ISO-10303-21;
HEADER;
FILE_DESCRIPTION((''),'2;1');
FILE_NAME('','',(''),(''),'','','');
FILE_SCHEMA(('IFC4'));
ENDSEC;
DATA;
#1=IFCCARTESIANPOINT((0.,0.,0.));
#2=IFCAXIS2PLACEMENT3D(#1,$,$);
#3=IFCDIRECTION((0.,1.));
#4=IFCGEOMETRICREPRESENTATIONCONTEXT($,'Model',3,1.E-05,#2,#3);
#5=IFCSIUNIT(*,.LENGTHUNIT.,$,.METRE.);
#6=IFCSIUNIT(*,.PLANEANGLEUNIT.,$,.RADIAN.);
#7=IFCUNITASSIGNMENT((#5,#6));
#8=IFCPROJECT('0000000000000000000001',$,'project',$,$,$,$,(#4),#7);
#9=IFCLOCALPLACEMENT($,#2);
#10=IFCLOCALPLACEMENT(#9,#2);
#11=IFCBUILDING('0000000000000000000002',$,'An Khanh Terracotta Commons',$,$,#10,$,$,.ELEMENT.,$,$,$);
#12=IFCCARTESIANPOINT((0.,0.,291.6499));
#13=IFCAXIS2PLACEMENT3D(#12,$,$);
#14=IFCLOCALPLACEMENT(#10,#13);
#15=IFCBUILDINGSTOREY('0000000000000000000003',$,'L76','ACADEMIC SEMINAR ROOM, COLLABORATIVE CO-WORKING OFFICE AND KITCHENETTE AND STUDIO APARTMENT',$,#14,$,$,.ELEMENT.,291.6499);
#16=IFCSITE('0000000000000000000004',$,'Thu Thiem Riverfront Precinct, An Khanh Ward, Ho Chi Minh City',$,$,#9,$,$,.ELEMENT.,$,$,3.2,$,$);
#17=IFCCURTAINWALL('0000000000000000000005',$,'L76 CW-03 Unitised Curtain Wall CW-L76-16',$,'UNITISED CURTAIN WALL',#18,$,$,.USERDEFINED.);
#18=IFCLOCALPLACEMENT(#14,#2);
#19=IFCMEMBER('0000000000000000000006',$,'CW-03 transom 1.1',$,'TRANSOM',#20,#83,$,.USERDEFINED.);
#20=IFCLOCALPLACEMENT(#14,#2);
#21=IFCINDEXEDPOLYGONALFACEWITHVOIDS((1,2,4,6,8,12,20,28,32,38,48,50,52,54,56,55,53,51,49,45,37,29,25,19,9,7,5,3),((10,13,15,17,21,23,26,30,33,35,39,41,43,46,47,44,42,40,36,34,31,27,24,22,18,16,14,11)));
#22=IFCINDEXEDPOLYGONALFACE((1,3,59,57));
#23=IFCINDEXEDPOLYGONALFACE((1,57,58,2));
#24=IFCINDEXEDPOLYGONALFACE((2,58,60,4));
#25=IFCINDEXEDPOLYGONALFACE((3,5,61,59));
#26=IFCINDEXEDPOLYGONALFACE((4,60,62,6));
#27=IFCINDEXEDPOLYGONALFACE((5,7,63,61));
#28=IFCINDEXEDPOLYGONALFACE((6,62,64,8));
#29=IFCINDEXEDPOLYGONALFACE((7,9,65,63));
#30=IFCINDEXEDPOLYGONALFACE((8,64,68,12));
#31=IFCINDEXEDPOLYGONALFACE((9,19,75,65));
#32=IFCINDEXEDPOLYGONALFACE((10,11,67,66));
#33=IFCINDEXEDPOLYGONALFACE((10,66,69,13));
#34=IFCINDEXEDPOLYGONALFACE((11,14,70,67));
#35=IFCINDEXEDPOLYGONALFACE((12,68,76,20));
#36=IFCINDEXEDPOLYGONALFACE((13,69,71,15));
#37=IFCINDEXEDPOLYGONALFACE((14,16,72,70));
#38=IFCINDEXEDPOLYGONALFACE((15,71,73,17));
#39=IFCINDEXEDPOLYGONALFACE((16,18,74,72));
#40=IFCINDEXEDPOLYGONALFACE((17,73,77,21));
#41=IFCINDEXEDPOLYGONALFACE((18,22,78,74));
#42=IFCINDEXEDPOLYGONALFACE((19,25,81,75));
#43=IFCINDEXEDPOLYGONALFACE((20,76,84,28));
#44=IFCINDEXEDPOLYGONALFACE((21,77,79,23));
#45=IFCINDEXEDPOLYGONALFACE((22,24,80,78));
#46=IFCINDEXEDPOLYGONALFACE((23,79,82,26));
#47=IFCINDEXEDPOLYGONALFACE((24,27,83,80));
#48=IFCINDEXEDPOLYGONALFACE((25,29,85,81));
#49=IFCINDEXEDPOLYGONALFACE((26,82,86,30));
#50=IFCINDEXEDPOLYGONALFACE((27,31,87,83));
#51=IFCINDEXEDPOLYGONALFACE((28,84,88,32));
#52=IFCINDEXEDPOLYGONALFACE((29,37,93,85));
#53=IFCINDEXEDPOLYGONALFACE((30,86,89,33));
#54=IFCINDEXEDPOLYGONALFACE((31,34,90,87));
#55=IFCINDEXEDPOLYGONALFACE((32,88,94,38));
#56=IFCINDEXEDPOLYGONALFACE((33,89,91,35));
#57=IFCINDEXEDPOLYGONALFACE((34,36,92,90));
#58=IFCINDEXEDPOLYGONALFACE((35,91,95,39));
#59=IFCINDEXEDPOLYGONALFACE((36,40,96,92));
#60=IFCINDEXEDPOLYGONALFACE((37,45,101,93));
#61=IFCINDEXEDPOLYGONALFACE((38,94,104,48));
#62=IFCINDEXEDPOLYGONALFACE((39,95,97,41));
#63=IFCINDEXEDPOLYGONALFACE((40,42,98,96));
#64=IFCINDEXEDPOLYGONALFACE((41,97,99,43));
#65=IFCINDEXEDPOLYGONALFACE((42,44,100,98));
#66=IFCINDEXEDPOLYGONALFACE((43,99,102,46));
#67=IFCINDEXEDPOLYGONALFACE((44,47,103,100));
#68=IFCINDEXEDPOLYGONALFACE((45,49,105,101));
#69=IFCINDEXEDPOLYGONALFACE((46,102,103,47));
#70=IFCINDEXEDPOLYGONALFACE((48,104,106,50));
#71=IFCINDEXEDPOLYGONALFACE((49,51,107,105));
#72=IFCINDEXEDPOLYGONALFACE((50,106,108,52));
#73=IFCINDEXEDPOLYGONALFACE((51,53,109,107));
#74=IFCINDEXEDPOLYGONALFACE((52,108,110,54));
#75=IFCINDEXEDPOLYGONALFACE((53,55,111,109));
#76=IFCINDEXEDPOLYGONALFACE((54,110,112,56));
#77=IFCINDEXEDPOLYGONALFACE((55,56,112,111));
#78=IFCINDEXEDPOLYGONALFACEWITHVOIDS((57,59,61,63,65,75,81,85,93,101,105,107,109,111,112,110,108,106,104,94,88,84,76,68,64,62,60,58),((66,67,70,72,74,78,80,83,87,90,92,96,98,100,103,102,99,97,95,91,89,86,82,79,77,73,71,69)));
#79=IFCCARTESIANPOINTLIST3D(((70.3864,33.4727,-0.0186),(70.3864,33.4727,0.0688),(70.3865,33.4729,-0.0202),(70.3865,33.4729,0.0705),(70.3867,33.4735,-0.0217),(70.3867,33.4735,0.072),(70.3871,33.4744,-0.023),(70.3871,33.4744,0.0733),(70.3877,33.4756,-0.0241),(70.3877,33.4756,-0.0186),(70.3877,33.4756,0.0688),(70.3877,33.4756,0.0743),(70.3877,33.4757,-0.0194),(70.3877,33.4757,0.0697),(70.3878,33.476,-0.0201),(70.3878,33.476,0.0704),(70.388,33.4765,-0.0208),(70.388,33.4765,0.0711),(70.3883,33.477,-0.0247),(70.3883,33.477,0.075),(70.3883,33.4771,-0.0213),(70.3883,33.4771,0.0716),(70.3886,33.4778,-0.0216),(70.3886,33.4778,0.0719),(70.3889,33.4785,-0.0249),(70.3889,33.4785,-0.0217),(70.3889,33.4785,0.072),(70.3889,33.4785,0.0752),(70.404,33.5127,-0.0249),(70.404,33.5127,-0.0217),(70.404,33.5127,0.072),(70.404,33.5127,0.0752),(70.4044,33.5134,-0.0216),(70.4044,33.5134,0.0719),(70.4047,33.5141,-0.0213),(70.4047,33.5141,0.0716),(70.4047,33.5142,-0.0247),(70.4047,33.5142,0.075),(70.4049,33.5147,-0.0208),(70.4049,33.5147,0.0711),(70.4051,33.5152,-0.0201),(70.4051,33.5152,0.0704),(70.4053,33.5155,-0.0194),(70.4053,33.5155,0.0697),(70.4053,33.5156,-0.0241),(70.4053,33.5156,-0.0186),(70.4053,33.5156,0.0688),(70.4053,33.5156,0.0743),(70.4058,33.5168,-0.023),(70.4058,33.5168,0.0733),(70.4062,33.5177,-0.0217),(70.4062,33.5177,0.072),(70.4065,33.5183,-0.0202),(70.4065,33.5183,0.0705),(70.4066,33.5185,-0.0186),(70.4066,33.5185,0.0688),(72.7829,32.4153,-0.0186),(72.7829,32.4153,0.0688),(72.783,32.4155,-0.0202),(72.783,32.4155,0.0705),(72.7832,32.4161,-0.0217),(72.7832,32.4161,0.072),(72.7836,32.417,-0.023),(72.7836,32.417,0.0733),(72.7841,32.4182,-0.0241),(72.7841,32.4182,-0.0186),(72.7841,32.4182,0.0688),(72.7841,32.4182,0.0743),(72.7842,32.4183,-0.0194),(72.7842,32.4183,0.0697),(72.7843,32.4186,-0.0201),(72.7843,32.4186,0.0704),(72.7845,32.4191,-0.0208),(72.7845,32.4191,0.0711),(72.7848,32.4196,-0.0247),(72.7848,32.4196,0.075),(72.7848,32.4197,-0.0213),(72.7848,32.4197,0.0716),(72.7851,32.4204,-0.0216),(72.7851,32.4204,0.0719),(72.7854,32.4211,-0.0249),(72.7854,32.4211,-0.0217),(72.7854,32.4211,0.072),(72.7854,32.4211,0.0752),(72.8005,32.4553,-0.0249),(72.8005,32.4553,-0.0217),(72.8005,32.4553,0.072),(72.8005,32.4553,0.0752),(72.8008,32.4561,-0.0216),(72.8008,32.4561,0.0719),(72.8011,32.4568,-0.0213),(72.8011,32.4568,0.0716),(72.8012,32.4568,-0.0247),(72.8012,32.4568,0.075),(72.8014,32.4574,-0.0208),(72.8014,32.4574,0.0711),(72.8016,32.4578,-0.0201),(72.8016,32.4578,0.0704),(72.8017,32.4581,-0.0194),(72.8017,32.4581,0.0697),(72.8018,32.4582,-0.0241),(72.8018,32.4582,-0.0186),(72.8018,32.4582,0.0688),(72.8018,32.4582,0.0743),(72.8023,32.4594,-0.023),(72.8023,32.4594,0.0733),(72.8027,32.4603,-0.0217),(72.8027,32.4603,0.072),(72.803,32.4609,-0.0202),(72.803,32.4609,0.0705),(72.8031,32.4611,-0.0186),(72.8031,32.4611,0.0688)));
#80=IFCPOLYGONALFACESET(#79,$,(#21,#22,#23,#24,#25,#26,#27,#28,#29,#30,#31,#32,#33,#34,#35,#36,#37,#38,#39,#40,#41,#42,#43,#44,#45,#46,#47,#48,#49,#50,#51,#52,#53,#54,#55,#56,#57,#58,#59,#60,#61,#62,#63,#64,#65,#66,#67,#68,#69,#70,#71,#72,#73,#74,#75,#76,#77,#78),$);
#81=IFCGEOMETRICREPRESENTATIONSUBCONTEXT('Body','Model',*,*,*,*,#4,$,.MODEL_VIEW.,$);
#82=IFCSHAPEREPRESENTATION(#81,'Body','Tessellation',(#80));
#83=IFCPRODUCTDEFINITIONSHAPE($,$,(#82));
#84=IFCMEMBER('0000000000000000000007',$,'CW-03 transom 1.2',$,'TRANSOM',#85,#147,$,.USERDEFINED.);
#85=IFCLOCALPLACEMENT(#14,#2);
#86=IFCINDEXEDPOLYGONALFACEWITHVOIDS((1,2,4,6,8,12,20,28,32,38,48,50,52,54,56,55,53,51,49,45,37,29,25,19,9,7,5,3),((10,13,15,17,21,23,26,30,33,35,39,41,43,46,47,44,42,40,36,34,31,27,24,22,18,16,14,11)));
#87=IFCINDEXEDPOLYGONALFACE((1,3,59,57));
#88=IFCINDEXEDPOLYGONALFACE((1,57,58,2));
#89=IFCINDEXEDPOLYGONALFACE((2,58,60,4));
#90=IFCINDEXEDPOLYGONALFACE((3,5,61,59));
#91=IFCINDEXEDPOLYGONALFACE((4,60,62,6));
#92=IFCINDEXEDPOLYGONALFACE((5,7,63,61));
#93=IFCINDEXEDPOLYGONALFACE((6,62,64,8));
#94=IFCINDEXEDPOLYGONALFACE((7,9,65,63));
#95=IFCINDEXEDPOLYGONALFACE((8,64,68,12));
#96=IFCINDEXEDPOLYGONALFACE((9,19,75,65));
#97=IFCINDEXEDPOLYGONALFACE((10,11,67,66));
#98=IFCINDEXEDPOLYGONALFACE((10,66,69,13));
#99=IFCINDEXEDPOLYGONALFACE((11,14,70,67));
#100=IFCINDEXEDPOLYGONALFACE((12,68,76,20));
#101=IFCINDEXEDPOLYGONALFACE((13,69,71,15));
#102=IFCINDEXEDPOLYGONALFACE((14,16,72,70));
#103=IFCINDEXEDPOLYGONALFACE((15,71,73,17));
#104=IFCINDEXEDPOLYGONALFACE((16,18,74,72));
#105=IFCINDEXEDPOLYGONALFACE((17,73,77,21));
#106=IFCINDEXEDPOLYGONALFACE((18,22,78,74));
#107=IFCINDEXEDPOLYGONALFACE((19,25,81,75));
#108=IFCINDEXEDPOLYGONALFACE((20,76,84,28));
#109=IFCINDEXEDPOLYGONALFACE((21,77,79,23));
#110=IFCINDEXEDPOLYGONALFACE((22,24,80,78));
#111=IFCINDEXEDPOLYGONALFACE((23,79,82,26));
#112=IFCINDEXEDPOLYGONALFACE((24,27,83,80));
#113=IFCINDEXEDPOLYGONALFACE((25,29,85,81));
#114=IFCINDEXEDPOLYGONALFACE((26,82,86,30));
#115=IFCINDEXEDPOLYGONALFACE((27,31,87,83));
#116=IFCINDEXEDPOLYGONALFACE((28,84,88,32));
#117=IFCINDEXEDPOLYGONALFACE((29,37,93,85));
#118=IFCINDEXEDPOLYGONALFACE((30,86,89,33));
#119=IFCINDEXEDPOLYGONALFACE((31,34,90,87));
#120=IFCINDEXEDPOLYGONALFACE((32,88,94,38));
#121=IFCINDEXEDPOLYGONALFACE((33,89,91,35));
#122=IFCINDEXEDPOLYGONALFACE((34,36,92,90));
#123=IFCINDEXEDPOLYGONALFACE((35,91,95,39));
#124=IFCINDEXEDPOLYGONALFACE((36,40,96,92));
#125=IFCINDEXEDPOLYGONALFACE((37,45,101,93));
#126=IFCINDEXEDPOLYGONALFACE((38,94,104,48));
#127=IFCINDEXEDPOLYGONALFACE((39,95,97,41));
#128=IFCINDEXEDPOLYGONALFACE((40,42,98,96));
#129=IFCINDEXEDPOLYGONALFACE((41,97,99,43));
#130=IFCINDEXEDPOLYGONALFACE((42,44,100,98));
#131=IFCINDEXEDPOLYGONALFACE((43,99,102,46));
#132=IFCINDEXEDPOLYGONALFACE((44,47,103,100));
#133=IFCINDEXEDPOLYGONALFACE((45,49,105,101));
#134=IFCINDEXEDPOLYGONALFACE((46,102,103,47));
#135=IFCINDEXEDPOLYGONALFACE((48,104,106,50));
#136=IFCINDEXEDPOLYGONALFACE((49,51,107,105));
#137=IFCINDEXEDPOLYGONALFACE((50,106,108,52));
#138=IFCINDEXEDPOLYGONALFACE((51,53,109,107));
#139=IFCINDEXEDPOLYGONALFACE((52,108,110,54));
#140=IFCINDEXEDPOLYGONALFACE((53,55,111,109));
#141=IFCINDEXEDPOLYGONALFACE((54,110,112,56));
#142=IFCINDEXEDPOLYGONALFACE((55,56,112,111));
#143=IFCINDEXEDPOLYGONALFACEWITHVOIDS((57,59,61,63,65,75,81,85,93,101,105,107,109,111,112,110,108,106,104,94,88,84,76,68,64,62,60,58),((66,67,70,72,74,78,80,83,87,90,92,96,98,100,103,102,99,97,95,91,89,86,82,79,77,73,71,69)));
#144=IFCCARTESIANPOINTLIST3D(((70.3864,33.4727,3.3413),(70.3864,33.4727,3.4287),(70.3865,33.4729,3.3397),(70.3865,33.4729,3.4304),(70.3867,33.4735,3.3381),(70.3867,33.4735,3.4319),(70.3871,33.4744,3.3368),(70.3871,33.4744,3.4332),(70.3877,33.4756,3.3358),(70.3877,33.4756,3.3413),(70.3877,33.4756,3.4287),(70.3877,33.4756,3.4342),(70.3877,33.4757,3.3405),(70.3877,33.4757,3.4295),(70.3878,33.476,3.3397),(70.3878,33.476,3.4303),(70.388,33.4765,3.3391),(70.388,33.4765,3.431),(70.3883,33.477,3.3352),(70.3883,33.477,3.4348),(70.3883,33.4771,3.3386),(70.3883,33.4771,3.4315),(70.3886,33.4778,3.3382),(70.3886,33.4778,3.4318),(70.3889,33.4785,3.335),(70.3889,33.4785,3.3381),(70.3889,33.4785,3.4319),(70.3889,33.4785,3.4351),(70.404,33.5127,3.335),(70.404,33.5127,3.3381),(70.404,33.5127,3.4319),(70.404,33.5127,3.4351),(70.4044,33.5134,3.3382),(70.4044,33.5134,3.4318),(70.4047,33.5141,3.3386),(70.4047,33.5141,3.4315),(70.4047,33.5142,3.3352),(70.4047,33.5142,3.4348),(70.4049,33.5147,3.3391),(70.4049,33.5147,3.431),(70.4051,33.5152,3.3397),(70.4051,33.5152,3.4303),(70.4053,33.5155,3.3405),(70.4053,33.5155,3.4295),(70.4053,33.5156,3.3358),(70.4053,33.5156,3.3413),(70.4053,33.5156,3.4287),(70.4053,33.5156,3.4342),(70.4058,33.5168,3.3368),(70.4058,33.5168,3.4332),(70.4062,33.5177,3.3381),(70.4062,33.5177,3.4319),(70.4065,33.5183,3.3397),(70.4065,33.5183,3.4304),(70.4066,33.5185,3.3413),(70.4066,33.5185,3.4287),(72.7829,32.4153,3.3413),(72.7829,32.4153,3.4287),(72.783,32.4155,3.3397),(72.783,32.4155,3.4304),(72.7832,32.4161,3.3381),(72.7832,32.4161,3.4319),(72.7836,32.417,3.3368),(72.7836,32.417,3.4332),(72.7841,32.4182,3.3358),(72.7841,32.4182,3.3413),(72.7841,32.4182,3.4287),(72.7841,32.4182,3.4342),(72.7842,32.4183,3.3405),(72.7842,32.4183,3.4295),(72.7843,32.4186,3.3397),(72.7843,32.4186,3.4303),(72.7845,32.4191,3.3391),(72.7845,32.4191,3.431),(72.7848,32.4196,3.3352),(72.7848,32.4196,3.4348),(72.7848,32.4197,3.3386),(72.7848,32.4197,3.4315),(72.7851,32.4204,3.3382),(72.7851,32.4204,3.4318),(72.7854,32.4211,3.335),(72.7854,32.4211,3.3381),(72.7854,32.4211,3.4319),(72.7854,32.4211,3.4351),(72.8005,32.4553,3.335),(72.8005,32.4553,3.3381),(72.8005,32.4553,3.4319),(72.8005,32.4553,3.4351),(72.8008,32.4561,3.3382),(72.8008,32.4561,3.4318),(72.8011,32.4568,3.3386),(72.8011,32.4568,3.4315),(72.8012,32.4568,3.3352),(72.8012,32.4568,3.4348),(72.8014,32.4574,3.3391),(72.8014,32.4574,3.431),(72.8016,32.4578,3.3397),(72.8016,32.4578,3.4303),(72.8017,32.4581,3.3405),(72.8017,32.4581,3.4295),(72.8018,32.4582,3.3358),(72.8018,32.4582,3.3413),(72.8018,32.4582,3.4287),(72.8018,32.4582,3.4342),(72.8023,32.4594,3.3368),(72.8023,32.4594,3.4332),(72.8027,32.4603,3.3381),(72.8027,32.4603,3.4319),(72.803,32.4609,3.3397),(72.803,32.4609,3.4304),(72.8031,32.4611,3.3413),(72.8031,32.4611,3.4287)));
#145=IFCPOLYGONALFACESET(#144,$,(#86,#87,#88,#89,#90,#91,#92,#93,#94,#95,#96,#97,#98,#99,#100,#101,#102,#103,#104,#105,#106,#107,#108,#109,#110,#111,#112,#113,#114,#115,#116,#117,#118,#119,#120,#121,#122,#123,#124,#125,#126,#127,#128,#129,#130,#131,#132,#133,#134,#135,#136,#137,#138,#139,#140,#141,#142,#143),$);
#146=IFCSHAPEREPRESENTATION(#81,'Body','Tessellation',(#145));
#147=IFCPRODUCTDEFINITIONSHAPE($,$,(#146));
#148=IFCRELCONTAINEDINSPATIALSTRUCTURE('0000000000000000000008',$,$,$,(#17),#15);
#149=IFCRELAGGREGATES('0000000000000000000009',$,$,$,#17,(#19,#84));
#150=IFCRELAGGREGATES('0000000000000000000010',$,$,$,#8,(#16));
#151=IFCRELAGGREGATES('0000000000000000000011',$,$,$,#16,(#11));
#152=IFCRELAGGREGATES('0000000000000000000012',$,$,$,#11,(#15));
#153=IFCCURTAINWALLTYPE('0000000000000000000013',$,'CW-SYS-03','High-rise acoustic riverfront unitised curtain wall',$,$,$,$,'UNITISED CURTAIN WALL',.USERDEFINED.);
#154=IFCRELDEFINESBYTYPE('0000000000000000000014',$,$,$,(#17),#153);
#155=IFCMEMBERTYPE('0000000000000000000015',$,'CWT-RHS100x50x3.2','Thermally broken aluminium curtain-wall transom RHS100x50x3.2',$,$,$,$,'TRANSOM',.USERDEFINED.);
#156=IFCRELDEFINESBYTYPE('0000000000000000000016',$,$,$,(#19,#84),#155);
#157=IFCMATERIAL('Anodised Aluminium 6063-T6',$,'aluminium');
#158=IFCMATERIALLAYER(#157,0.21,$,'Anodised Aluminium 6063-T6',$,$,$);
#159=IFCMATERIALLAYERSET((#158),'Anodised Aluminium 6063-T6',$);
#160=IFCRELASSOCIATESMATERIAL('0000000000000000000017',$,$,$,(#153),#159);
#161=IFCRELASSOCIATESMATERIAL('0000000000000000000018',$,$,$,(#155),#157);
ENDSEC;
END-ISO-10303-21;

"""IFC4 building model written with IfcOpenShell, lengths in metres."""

from ifc_helpers import new_model, si_unit, direction, frame, origin, origin_2d, place, context, subcontext, project, spatial, hollow_rectangle, extrude, material, layer, layer_set, material_profile, profile_set, type_object, element, aggregate, save


model = new_model("IFC4")

# Units and contexts
model_context = context("Model", 3, precision=1e-05, world=origin(), true_north=direction((0.0, 1.0)))
body_context = subcontext(model_context, "Body", "Model", "MODEL_VIEW")
ifc_project = project(units=[si_unit("LENGTHUNIT", "METRE"), si_unit("PLANEANGLEUNIT", "RADIAN")], contexts=[model_context])

# Site, building, storey
site_placement = place(None, origin())
site = spatial("IfcSite", under=ifc_project, at=site_placement, Name="Thu Thiem Riverfront Precinct, An Khanh Ward, Ho Chi Minh City", CompositionType="ELEMENT", RefElevation=3.2)
building_placement = place(site_placement, origin())
building = spatial("IfcBuilding", under=site, at=building_placement, Name="An Khanh Terracotta Commons", CompositionType="ELEMENT")
storey_placement = place(building_placement, frame((0.0, 0.0, 291.6499)))
storey = spatial("IfcBuildingStorey", under=building, at=storey_placement, Name="L76", Description="ACADEMIC SEMINAR ROOM, COLLABORATIVE CO-WORKING OFFICE AND KITCHENETTE AND STUDIO APARTMENT", CompositionType="ELEMENT", Elevation=291.6499)

# Shared definitions
ifc_material_1 = material(Name="Anodised Aluminium 6063-T6", Category="aluminium")
ifc_layer_1 = layer(ifc_material_1, 0.21, Name="Anodised Aluminium 6063-T6")
ifc_layer_set_1 = layer_set([ifc_layer_1], Name="Anodised Aluminium 6063-T6")
curtain_wall_type = type_object("IfcCurtainWallType", Name="CW-SYS-03", Description="High-rise acoustic riverfront unitised curtain wall", ElementType="UNITISED CURTAIN WALL", PredefinedType="USERDEFINED", material=ifc_layer_set_1)

# Curtain wall, members
curtain_wall_1_placement = place(storey_placement, origin())
curtain_wall_1 = element("IfcCurtainWall", 1, at=curtain_wall_1_placement, inside=storey, type_object=curtain_wall_type, Name="L76 CW-03 Unitised Curtain Wall CW-L76-16", ObjectType="UNITISED CURTAIN WALL", PredefinedType="USERDEFINED")
ifc_material_profile_1 = material_profile(ifc_material_1, hollow_rectangle(XDim=0.05, YDim=0.1001, WallThickness=0.0032, InnerFilletRadius=0.0032, OuterFilletRadius=0.0063, at=origin_2d()), Name="RHS100x50x3.2")
ifc_profile_set_1 = profile_set([ifc_material_profile_1], Name="Anodised Aluminium 6063-T6")
member_type_1 = type_object("IfcMemberType", Name="CWT-RHS100x50x3.2", Description="Thermally broken aluminium curtain-wall transom RHS100x50x3.2", ElementType="TRANSOM", PredefinedType="USERDEFINED", material=ifc_profile_set_1)
member_1_placement = place(storey_placement, frame((72.793, 32.4382, 0.0251), z_axis=(-0.914904, 0.403672, 0.0), x_axis=(-0.403672, -0.914904, 0.0)))
member_1 = element("IfcMember", 2, at=member_1_placement, type_object=member_type_1, Name="CW-03 transom 1.1", ObjectType="TRANSOM", PredefinedType="USERDEFINED", context=body_context, shape_type="SweptSolid", body=[
    extrude(hollow_rectangle(XDim=0.05, YDim=0.1001, WallThickness=0.0032, InnerFilletRadius=0.0032, OuterFilletRadius=0.0063, at=origin_2d()), origin(), (0.0, 0.0, 1.0), 2.6194),
])
member_2_placement = place(storey_placement, frame((72.793, 32.4382, 3.385), z_axis=(-0.914904, 0.403672, 0.0), x_axis=(-0.403672, -0.914904, 0.0)))
member_2 = element("IfcMember", 3, at=member_2_placement, type_object=member_type_1, Name="CW-03 transom 1.2", ObjectType="TRANSOM", PredefinedType="USERDEFINED", context=body_context, shape_type="SweptSolid", body=[
    extrude(hollow_rectangle(XDim=0.05, YDim=0.1001, WallThickness=0.0032, InnerFilletRadius=0.0032, OuterFilletRadius=0.0063, at=origin_2d()), origin(), (0.0, 0.0, 1.0), 2.6194),
])

aggregate(curtain_wall_1, [member_1, member_2])

save(model, "model.ifc")
